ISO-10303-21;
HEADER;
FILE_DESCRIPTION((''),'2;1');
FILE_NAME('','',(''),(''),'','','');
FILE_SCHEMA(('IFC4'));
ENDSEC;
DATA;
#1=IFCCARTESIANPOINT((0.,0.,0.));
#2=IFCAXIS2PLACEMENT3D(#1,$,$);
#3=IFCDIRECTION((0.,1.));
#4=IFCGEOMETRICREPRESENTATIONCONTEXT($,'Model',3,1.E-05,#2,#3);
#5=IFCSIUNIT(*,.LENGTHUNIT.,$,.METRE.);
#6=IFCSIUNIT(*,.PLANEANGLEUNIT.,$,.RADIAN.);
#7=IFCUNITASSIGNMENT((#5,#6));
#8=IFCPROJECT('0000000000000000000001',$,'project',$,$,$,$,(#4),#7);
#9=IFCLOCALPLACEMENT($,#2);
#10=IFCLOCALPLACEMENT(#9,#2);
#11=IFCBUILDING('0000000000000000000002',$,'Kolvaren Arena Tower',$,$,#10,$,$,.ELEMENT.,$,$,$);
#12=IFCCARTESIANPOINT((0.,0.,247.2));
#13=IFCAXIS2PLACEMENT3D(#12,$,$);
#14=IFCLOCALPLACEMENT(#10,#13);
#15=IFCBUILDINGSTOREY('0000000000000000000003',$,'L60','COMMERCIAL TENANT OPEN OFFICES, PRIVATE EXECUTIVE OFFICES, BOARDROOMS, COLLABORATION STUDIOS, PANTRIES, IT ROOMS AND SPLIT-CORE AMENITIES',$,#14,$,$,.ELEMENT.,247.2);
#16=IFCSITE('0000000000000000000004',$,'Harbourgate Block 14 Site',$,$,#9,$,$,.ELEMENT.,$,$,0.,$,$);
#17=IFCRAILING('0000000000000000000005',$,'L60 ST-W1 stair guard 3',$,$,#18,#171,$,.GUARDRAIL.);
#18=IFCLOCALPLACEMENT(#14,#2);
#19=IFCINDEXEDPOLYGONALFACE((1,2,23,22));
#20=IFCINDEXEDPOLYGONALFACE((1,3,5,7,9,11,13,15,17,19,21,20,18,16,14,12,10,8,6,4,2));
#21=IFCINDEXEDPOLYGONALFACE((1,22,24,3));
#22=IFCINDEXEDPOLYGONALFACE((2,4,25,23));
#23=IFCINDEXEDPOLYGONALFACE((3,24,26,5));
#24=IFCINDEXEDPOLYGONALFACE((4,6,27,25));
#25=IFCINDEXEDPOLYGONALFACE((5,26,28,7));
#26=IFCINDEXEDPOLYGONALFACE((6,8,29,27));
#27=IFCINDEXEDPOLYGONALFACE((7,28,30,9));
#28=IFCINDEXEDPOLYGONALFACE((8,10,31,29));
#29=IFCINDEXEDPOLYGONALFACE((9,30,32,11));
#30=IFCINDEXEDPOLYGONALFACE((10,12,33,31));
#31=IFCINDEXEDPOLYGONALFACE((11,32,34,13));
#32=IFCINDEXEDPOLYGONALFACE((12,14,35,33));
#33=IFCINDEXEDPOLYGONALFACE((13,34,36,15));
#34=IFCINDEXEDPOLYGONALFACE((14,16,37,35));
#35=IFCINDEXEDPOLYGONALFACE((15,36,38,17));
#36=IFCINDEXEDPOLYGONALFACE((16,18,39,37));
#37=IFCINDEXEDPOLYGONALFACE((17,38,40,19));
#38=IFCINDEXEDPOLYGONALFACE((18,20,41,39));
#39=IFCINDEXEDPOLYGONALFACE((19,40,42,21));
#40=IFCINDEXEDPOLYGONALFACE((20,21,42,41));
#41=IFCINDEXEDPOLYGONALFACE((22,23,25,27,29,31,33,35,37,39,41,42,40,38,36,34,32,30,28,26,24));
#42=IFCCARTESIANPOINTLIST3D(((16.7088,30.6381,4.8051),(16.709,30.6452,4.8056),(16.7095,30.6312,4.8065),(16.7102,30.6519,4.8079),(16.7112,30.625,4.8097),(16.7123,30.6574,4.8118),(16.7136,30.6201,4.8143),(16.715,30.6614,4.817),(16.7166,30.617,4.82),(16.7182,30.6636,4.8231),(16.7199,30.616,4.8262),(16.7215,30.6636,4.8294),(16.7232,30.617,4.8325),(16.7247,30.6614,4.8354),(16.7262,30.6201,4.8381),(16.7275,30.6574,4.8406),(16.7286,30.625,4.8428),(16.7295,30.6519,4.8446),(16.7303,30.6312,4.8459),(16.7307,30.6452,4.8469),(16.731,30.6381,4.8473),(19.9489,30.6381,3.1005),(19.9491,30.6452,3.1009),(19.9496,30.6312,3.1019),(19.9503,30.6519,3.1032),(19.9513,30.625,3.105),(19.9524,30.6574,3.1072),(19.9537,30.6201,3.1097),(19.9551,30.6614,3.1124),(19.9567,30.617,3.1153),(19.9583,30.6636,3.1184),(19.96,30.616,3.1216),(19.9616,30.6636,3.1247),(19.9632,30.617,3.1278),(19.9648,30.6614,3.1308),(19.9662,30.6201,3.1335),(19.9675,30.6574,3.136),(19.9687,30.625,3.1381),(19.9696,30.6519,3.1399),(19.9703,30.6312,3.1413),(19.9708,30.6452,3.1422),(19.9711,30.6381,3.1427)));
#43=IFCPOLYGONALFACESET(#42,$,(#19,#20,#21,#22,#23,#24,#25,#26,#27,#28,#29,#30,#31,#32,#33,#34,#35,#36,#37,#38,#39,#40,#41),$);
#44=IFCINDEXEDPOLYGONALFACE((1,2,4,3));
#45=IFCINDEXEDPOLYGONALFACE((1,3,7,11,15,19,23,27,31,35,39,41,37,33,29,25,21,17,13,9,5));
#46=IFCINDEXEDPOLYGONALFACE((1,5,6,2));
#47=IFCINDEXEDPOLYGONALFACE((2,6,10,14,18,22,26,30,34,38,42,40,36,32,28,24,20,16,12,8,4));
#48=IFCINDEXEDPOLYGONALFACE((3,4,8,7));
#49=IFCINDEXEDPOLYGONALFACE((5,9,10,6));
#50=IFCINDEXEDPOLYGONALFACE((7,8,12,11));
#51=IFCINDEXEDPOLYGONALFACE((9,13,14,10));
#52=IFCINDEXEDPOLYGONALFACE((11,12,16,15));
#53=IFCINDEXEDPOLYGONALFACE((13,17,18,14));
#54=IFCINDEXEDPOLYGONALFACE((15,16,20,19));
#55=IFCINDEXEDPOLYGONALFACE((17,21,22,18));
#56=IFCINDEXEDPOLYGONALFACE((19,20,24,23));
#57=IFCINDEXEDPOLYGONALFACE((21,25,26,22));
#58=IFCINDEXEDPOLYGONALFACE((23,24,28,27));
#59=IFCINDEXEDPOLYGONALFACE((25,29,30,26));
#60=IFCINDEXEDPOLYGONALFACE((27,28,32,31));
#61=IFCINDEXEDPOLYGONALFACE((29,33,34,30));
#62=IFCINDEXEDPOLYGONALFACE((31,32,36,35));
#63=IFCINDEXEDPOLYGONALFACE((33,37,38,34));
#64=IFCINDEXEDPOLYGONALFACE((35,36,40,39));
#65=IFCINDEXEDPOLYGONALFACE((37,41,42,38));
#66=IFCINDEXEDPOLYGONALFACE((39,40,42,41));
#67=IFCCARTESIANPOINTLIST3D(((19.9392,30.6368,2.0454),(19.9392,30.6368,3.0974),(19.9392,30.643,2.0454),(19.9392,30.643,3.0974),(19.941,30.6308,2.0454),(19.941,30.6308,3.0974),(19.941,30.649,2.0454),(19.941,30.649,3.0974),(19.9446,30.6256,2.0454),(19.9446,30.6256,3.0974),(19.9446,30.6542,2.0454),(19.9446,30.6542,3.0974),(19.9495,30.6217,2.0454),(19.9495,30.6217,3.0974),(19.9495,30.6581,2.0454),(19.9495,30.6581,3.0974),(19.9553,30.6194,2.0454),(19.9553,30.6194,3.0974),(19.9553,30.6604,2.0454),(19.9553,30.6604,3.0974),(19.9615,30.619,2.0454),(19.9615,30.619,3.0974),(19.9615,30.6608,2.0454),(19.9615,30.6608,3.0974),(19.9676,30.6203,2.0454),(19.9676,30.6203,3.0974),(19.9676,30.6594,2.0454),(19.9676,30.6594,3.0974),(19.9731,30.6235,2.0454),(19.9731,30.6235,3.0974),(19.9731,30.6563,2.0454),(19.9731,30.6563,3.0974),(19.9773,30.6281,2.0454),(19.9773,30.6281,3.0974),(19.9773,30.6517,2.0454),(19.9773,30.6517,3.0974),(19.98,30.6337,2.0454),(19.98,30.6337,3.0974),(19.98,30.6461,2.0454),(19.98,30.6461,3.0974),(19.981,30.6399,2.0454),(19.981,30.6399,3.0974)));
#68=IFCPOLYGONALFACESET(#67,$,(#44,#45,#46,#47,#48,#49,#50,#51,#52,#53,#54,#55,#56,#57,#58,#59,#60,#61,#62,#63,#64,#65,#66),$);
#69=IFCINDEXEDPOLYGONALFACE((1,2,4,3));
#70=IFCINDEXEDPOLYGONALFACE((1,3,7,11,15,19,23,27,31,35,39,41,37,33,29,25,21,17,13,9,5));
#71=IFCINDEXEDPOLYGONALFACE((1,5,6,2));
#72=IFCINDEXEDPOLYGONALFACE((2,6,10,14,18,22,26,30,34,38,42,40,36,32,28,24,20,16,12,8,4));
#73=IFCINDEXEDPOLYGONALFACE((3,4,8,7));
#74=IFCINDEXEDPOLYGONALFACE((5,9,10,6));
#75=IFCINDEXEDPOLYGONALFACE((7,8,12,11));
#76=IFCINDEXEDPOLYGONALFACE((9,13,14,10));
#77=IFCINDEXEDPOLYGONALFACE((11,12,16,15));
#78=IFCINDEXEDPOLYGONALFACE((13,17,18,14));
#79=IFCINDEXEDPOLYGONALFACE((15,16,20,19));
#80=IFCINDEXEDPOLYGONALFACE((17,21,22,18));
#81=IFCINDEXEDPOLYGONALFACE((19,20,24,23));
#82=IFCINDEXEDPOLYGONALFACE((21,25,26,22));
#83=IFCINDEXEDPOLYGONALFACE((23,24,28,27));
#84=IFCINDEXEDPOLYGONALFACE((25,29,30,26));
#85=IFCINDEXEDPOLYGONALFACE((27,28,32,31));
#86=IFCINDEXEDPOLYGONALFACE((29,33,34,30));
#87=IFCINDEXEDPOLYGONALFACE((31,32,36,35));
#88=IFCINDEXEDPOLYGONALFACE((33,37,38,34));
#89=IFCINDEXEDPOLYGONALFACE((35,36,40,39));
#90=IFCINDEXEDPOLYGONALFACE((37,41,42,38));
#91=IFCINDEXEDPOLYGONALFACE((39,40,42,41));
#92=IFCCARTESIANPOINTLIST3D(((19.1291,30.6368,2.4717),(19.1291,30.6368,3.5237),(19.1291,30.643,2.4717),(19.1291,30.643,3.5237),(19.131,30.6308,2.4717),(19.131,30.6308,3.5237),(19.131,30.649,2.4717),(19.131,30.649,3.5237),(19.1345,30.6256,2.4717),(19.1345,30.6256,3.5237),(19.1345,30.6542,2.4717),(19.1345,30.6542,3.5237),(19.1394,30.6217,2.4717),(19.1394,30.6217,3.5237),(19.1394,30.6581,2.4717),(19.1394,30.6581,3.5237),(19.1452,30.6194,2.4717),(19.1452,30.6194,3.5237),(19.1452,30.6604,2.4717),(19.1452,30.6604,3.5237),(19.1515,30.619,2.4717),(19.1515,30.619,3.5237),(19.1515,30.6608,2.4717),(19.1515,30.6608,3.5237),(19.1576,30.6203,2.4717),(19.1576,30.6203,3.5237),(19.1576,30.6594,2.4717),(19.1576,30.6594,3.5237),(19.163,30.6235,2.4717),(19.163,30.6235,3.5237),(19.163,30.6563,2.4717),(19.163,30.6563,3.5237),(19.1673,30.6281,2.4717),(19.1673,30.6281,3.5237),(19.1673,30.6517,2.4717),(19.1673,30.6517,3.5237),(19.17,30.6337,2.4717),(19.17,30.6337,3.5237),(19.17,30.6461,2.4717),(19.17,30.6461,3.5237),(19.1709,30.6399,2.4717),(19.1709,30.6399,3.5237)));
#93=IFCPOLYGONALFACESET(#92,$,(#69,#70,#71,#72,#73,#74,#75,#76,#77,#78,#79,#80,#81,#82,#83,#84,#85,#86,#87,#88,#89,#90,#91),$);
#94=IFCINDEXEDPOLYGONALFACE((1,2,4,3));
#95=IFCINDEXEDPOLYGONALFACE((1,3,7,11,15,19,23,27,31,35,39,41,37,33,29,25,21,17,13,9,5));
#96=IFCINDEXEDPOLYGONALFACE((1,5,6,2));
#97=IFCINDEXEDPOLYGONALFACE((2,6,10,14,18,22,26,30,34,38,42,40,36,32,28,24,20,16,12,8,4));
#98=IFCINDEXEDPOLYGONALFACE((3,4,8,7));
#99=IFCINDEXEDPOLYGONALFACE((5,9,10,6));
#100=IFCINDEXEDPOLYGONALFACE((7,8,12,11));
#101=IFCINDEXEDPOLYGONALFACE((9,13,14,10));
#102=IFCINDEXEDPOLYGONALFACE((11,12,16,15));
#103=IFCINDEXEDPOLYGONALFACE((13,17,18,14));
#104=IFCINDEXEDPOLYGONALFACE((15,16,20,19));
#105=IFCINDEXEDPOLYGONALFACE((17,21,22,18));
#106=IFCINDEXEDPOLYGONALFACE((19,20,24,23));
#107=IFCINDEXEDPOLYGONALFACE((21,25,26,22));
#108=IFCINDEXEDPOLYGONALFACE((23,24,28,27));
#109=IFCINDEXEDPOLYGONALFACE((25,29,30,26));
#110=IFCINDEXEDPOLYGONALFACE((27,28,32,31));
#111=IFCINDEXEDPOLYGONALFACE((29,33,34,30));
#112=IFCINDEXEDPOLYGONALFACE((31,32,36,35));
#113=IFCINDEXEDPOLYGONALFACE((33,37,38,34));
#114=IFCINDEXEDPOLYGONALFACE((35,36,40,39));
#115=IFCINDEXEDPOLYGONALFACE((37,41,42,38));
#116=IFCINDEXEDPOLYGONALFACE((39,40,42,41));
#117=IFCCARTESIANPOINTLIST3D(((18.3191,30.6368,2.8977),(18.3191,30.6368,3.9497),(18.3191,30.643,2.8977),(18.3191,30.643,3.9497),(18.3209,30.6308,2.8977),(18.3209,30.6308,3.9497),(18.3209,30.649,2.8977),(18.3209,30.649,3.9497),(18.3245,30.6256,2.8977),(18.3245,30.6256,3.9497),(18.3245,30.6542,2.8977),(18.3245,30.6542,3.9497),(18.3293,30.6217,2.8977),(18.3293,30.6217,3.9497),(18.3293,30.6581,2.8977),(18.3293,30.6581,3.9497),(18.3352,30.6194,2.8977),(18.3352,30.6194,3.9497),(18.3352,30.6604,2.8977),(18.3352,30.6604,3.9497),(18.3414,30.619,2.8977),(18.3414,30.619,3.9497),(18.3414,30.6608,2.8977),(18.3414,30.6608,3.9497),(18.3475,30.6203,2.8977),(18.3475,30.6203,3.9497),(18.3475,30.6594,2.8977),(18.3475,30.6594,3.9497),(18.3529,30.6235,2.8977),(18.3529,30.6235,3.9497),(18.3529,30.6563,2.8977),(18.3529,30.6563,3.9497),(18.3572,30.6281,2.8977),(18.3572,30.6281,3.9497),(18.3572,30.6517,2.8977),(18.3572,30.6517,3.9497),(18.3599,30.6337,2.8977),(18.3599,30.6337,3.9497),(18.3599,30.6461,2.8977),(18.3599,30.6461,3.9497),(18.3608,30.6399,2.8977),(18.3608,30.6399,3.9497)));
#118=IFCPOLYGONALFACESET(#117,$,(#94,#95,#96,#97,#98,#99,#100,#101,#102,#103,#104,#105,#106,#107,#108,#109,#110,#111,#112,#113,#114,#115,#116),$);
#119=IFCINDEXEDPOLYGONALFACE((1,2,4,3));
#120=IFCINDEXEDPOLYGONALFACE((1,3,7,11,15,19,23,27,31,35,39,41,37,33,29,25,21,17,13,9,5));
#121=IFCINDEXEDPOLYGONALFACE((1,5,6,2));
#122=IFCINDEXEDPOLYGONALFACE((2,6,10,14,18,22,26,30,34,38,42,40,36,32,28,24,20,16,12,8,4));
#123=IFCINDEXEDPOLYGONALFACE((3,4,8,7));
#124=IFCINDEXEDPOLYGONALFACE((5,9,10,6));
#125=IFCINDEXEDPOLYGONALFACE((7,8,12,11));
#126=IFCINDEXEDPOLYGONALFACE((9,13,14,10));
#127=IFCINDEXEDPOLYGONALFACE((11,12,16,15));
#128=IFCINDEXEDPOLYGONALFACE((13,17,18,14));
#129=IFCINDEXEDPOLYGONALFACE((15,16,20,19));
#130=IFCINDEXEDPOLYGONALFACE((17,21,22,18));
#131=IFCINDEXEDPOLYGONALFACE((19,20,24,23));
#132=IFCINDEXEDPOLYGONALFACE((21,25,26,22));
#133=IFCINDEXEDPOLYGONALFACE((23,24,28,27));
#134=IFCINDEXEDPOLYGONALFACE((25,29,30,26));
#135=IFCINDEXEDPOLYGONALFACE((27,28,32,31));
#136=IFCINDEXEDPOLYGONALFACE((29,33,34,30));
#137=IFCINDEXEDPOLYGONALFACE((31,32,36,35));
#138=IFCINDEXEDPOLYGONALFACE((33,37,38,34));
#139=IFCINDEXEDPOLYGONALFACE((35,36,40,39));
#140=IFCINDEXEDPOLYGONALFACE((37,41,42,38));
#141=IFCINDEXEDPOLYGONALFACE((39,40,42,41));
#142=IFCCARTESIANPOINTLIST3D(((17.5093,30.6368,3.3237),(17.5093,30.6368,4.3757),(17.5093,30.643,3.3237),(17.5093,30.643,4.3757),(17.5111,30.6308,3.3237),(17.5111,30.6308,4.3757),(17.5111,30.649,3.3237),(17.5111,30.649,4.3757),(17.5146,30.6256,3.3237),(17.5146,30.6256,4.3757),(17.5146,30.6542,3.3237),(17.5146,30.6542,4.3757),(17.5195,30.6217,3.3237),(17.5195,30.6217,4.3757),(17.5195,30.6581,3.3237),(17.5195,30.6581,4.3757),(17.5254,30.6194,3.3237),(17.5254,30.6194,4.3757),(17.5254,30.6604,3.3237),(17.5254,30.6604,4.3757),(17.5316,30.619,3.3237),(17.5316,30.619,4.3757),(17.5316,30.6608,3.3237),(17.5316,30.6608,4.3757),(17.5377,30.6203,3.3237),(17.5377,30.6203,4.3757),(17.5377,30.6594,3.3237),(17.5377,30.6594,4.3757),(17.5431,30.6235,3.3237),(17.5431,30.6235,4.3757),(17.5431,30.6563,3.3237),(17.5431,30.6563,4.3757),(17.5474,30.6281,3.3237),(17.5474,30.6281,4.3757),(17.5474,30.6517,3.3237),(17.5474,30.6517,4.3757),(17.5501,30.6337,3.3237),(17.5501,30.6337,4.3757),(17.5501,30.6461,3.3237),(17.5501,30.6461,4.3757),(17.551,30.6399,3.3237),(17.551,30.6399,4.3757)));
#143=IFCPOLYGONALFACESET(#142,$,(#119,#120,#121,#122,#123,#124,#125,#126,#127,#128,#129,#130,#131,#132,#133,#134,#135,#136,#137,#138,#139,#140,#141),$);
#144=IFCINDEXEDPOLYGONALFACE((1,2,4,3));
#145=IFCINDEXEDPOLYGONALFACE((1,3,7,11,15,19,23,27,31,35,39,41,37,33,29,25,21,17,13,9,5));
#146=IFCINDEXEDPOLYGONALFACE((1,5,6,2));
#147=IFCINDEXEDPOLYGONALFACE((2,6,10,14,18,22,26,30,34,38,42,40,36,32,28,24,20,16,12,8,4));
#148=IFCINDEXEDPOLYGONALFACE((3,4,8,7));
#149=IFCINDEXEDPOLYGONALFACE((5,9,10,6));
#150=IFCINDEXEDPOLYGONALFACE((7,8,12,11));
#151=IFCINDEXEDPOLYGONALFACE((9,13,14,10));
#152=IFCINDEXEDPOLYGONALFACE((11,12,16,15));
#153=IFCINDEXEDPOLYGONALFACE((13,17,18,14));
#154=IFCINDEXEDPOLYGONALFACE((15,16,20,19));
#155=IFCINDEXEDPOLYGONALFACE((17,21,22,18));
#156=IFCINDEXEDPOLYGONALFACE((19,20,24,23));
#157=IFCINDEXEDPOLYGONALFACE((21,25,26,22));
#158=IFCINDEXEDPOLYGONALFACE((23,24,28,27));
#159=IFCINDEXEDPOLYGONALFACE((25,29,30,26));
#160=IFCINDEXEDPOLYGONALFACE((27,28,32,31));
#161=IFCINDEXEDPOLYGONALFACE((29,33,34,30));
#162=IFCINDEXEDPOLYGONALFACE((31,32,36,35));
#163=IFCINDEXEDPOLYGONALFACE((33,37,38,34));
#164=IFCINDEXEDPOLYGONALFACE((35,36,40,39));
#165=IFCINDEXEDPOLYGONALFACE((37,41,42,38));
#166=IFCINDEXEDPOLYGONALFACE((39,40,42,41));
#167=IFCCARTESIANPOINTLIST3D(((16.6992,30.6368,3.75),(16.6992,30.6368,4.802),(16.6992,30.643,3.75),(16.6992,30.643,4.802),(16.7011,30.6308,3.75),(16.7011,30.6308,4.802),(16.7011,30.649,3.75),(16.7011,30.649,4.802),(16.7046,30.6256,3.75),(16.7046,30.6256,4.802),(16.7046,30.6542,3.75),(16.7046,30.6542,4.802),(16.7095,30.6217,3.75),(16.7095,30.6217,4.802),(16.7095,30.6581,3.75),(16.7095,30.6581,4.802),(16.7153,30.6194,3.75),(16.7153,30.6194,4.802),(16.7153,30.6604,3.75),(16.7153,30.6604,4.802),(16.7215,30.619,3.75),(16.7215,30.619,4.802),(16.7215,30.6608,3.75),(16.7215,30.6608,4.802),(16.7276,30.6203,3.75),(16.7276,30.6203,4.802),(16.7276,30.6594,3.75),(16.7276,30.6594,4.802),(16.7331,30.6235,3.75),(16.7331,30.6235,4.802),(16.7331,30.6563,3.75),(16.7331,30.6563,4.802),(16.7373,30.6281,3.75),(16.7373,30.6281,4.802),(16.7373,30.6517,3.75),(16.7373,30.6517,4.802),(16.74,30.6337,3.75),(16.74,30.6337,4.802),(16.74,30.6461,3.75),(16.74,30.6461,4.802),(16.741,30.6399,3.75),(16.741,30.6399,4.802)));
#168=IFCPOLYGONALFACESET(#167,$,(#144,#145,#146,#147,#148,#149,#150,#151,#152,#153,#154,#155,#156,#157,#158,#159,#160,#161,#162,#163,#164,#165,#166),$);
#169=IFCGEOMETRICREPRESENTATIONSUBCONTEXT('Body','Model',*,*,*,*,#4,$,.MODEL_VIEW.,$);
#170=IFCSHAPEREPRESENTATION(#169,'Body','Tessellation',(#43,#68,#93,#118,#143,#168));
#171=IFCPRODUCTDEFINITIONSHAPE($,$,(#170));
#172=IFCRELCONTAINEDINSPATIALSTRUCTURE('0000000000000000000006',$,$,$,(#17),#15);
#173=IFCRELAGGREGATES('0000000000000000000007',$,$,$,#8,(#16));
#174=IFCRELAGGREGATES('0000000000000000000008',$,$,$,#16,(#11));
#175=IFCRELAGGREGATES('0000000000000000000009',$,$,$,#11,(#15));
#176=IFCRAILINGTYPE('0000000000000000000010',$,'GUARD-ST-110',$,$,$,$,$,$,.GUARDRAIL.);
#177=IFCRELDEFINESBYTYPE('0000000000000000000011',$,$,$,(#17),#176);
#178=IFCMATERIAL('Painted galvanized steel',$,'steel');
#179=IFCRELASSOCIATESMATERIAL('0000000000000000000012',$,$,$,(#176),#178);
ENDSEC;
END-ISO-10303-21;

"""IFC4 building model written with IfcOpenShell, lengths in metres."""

from ifc_helpers import new_model, si_unit, direction, frame, origin, origin_2d, place, context, subcontext, project, spatial, circle, extrude, material, type_object, element, save


model = new_model("IFC4")

# Units and contexts
model_context = context("Model", 3, precision=1e-05, world=origin(), true_north=direction((0.0, 1.0)))
body_context = subcontext(model_context, "Body", "Model", "MODEL_VIEW")
ifc_project = project(units=[si_unit("LENGTHUNIT", "METRE"), si_unit("PLANEANGLEUNIT", "RADIAN")], contexts=[model_context])

# Site, building, storey
site_placement = place(None, origin())
site = spatial("IfcSite", under=ifc_project, at=site_placement, Name="Harbourgate Block 14 Site", CompositionType="ELEMENT", RefElevation=0.0)
building_placement = place(site_placement, origin())
building = spatial("IfcBuilding", under=site, at=building_placement, Name="Kolvaren Arena Tower", CompositionType="ELEMENT")
storey_placement = place(building_placement, frame((0.0, 0.0, 247.2)))
storey = spatial("IfcBuildingStorey", under=building, at=storey_placement, Name="L60", Description="COMMERCIAL TENANT OPEN OFFICES, PRIVATE EXECUTIVE OFFICES, BOARDROOMS, COLLABORATION STUDIOS, PANTRIES, IT ROOMS AND SPLIT-CORE AMENITIES", CompositionType="ELEMENT", Elevation=247.2)

# Railing
ifc_material_1 = material(Name="Painted galvanized steel", Category="steel")
railing_type_1 = type_object("IfcRailingType", Name="GUARD-ST-110", PredefinedType="GUARDRAIL", material=ifc_material_1)
railing_1_placement = place(storey_placement, frame((19.96, 30.6399, 2.0454)))
element("IfcRailing", 1, at=railing_1_placement, inside=storey, type_object=railing_type_1, Name="L60 ST-W1 stair guard 3", PredefinedType="GUARDRAIL", context=body_context, shape_type="SweptSolid", body=[
    extrude(circle(Radius=0.0239, at=origin_2d()), frame((0.0, 0.0, 1.0762), z_axis=(-0.884993, 0.0, 0.465604), x_axis=(0.0, -1.0, 0.0)), (0.0, 0.0, 1.0), 3.6611),
    extrude(circle(Radius=0.021, at=origin_2d()), origin(), (0.0, 0.0, 1.0), 1.052),
    extrude(circle(Radius=0.021, at=origin_2d()), frame((-0.8101, 0.0, 0.4263)), (0.0, 0.0, 1.0), 1.052),
    extrude(circle(Radius=0.021, at=origin_2d()), frame((-1.6201, 0.0, 0.8523)), (0.0, 0.0, 1.0), 1.052),
    extrude(circle(Radius=0.021, at=origin_2d()), frame((-2.4299, 0.0, 1.2783)), (0.0, 0.0, 1.0), 1.052),
    extrude(circle(Radius=0.021, at=origin_2d()), frame((-3.24, 0.0, 1.7046)), (0.0, 0.0, 1.0), 1.052),
])

save(model, "model.ifc")
